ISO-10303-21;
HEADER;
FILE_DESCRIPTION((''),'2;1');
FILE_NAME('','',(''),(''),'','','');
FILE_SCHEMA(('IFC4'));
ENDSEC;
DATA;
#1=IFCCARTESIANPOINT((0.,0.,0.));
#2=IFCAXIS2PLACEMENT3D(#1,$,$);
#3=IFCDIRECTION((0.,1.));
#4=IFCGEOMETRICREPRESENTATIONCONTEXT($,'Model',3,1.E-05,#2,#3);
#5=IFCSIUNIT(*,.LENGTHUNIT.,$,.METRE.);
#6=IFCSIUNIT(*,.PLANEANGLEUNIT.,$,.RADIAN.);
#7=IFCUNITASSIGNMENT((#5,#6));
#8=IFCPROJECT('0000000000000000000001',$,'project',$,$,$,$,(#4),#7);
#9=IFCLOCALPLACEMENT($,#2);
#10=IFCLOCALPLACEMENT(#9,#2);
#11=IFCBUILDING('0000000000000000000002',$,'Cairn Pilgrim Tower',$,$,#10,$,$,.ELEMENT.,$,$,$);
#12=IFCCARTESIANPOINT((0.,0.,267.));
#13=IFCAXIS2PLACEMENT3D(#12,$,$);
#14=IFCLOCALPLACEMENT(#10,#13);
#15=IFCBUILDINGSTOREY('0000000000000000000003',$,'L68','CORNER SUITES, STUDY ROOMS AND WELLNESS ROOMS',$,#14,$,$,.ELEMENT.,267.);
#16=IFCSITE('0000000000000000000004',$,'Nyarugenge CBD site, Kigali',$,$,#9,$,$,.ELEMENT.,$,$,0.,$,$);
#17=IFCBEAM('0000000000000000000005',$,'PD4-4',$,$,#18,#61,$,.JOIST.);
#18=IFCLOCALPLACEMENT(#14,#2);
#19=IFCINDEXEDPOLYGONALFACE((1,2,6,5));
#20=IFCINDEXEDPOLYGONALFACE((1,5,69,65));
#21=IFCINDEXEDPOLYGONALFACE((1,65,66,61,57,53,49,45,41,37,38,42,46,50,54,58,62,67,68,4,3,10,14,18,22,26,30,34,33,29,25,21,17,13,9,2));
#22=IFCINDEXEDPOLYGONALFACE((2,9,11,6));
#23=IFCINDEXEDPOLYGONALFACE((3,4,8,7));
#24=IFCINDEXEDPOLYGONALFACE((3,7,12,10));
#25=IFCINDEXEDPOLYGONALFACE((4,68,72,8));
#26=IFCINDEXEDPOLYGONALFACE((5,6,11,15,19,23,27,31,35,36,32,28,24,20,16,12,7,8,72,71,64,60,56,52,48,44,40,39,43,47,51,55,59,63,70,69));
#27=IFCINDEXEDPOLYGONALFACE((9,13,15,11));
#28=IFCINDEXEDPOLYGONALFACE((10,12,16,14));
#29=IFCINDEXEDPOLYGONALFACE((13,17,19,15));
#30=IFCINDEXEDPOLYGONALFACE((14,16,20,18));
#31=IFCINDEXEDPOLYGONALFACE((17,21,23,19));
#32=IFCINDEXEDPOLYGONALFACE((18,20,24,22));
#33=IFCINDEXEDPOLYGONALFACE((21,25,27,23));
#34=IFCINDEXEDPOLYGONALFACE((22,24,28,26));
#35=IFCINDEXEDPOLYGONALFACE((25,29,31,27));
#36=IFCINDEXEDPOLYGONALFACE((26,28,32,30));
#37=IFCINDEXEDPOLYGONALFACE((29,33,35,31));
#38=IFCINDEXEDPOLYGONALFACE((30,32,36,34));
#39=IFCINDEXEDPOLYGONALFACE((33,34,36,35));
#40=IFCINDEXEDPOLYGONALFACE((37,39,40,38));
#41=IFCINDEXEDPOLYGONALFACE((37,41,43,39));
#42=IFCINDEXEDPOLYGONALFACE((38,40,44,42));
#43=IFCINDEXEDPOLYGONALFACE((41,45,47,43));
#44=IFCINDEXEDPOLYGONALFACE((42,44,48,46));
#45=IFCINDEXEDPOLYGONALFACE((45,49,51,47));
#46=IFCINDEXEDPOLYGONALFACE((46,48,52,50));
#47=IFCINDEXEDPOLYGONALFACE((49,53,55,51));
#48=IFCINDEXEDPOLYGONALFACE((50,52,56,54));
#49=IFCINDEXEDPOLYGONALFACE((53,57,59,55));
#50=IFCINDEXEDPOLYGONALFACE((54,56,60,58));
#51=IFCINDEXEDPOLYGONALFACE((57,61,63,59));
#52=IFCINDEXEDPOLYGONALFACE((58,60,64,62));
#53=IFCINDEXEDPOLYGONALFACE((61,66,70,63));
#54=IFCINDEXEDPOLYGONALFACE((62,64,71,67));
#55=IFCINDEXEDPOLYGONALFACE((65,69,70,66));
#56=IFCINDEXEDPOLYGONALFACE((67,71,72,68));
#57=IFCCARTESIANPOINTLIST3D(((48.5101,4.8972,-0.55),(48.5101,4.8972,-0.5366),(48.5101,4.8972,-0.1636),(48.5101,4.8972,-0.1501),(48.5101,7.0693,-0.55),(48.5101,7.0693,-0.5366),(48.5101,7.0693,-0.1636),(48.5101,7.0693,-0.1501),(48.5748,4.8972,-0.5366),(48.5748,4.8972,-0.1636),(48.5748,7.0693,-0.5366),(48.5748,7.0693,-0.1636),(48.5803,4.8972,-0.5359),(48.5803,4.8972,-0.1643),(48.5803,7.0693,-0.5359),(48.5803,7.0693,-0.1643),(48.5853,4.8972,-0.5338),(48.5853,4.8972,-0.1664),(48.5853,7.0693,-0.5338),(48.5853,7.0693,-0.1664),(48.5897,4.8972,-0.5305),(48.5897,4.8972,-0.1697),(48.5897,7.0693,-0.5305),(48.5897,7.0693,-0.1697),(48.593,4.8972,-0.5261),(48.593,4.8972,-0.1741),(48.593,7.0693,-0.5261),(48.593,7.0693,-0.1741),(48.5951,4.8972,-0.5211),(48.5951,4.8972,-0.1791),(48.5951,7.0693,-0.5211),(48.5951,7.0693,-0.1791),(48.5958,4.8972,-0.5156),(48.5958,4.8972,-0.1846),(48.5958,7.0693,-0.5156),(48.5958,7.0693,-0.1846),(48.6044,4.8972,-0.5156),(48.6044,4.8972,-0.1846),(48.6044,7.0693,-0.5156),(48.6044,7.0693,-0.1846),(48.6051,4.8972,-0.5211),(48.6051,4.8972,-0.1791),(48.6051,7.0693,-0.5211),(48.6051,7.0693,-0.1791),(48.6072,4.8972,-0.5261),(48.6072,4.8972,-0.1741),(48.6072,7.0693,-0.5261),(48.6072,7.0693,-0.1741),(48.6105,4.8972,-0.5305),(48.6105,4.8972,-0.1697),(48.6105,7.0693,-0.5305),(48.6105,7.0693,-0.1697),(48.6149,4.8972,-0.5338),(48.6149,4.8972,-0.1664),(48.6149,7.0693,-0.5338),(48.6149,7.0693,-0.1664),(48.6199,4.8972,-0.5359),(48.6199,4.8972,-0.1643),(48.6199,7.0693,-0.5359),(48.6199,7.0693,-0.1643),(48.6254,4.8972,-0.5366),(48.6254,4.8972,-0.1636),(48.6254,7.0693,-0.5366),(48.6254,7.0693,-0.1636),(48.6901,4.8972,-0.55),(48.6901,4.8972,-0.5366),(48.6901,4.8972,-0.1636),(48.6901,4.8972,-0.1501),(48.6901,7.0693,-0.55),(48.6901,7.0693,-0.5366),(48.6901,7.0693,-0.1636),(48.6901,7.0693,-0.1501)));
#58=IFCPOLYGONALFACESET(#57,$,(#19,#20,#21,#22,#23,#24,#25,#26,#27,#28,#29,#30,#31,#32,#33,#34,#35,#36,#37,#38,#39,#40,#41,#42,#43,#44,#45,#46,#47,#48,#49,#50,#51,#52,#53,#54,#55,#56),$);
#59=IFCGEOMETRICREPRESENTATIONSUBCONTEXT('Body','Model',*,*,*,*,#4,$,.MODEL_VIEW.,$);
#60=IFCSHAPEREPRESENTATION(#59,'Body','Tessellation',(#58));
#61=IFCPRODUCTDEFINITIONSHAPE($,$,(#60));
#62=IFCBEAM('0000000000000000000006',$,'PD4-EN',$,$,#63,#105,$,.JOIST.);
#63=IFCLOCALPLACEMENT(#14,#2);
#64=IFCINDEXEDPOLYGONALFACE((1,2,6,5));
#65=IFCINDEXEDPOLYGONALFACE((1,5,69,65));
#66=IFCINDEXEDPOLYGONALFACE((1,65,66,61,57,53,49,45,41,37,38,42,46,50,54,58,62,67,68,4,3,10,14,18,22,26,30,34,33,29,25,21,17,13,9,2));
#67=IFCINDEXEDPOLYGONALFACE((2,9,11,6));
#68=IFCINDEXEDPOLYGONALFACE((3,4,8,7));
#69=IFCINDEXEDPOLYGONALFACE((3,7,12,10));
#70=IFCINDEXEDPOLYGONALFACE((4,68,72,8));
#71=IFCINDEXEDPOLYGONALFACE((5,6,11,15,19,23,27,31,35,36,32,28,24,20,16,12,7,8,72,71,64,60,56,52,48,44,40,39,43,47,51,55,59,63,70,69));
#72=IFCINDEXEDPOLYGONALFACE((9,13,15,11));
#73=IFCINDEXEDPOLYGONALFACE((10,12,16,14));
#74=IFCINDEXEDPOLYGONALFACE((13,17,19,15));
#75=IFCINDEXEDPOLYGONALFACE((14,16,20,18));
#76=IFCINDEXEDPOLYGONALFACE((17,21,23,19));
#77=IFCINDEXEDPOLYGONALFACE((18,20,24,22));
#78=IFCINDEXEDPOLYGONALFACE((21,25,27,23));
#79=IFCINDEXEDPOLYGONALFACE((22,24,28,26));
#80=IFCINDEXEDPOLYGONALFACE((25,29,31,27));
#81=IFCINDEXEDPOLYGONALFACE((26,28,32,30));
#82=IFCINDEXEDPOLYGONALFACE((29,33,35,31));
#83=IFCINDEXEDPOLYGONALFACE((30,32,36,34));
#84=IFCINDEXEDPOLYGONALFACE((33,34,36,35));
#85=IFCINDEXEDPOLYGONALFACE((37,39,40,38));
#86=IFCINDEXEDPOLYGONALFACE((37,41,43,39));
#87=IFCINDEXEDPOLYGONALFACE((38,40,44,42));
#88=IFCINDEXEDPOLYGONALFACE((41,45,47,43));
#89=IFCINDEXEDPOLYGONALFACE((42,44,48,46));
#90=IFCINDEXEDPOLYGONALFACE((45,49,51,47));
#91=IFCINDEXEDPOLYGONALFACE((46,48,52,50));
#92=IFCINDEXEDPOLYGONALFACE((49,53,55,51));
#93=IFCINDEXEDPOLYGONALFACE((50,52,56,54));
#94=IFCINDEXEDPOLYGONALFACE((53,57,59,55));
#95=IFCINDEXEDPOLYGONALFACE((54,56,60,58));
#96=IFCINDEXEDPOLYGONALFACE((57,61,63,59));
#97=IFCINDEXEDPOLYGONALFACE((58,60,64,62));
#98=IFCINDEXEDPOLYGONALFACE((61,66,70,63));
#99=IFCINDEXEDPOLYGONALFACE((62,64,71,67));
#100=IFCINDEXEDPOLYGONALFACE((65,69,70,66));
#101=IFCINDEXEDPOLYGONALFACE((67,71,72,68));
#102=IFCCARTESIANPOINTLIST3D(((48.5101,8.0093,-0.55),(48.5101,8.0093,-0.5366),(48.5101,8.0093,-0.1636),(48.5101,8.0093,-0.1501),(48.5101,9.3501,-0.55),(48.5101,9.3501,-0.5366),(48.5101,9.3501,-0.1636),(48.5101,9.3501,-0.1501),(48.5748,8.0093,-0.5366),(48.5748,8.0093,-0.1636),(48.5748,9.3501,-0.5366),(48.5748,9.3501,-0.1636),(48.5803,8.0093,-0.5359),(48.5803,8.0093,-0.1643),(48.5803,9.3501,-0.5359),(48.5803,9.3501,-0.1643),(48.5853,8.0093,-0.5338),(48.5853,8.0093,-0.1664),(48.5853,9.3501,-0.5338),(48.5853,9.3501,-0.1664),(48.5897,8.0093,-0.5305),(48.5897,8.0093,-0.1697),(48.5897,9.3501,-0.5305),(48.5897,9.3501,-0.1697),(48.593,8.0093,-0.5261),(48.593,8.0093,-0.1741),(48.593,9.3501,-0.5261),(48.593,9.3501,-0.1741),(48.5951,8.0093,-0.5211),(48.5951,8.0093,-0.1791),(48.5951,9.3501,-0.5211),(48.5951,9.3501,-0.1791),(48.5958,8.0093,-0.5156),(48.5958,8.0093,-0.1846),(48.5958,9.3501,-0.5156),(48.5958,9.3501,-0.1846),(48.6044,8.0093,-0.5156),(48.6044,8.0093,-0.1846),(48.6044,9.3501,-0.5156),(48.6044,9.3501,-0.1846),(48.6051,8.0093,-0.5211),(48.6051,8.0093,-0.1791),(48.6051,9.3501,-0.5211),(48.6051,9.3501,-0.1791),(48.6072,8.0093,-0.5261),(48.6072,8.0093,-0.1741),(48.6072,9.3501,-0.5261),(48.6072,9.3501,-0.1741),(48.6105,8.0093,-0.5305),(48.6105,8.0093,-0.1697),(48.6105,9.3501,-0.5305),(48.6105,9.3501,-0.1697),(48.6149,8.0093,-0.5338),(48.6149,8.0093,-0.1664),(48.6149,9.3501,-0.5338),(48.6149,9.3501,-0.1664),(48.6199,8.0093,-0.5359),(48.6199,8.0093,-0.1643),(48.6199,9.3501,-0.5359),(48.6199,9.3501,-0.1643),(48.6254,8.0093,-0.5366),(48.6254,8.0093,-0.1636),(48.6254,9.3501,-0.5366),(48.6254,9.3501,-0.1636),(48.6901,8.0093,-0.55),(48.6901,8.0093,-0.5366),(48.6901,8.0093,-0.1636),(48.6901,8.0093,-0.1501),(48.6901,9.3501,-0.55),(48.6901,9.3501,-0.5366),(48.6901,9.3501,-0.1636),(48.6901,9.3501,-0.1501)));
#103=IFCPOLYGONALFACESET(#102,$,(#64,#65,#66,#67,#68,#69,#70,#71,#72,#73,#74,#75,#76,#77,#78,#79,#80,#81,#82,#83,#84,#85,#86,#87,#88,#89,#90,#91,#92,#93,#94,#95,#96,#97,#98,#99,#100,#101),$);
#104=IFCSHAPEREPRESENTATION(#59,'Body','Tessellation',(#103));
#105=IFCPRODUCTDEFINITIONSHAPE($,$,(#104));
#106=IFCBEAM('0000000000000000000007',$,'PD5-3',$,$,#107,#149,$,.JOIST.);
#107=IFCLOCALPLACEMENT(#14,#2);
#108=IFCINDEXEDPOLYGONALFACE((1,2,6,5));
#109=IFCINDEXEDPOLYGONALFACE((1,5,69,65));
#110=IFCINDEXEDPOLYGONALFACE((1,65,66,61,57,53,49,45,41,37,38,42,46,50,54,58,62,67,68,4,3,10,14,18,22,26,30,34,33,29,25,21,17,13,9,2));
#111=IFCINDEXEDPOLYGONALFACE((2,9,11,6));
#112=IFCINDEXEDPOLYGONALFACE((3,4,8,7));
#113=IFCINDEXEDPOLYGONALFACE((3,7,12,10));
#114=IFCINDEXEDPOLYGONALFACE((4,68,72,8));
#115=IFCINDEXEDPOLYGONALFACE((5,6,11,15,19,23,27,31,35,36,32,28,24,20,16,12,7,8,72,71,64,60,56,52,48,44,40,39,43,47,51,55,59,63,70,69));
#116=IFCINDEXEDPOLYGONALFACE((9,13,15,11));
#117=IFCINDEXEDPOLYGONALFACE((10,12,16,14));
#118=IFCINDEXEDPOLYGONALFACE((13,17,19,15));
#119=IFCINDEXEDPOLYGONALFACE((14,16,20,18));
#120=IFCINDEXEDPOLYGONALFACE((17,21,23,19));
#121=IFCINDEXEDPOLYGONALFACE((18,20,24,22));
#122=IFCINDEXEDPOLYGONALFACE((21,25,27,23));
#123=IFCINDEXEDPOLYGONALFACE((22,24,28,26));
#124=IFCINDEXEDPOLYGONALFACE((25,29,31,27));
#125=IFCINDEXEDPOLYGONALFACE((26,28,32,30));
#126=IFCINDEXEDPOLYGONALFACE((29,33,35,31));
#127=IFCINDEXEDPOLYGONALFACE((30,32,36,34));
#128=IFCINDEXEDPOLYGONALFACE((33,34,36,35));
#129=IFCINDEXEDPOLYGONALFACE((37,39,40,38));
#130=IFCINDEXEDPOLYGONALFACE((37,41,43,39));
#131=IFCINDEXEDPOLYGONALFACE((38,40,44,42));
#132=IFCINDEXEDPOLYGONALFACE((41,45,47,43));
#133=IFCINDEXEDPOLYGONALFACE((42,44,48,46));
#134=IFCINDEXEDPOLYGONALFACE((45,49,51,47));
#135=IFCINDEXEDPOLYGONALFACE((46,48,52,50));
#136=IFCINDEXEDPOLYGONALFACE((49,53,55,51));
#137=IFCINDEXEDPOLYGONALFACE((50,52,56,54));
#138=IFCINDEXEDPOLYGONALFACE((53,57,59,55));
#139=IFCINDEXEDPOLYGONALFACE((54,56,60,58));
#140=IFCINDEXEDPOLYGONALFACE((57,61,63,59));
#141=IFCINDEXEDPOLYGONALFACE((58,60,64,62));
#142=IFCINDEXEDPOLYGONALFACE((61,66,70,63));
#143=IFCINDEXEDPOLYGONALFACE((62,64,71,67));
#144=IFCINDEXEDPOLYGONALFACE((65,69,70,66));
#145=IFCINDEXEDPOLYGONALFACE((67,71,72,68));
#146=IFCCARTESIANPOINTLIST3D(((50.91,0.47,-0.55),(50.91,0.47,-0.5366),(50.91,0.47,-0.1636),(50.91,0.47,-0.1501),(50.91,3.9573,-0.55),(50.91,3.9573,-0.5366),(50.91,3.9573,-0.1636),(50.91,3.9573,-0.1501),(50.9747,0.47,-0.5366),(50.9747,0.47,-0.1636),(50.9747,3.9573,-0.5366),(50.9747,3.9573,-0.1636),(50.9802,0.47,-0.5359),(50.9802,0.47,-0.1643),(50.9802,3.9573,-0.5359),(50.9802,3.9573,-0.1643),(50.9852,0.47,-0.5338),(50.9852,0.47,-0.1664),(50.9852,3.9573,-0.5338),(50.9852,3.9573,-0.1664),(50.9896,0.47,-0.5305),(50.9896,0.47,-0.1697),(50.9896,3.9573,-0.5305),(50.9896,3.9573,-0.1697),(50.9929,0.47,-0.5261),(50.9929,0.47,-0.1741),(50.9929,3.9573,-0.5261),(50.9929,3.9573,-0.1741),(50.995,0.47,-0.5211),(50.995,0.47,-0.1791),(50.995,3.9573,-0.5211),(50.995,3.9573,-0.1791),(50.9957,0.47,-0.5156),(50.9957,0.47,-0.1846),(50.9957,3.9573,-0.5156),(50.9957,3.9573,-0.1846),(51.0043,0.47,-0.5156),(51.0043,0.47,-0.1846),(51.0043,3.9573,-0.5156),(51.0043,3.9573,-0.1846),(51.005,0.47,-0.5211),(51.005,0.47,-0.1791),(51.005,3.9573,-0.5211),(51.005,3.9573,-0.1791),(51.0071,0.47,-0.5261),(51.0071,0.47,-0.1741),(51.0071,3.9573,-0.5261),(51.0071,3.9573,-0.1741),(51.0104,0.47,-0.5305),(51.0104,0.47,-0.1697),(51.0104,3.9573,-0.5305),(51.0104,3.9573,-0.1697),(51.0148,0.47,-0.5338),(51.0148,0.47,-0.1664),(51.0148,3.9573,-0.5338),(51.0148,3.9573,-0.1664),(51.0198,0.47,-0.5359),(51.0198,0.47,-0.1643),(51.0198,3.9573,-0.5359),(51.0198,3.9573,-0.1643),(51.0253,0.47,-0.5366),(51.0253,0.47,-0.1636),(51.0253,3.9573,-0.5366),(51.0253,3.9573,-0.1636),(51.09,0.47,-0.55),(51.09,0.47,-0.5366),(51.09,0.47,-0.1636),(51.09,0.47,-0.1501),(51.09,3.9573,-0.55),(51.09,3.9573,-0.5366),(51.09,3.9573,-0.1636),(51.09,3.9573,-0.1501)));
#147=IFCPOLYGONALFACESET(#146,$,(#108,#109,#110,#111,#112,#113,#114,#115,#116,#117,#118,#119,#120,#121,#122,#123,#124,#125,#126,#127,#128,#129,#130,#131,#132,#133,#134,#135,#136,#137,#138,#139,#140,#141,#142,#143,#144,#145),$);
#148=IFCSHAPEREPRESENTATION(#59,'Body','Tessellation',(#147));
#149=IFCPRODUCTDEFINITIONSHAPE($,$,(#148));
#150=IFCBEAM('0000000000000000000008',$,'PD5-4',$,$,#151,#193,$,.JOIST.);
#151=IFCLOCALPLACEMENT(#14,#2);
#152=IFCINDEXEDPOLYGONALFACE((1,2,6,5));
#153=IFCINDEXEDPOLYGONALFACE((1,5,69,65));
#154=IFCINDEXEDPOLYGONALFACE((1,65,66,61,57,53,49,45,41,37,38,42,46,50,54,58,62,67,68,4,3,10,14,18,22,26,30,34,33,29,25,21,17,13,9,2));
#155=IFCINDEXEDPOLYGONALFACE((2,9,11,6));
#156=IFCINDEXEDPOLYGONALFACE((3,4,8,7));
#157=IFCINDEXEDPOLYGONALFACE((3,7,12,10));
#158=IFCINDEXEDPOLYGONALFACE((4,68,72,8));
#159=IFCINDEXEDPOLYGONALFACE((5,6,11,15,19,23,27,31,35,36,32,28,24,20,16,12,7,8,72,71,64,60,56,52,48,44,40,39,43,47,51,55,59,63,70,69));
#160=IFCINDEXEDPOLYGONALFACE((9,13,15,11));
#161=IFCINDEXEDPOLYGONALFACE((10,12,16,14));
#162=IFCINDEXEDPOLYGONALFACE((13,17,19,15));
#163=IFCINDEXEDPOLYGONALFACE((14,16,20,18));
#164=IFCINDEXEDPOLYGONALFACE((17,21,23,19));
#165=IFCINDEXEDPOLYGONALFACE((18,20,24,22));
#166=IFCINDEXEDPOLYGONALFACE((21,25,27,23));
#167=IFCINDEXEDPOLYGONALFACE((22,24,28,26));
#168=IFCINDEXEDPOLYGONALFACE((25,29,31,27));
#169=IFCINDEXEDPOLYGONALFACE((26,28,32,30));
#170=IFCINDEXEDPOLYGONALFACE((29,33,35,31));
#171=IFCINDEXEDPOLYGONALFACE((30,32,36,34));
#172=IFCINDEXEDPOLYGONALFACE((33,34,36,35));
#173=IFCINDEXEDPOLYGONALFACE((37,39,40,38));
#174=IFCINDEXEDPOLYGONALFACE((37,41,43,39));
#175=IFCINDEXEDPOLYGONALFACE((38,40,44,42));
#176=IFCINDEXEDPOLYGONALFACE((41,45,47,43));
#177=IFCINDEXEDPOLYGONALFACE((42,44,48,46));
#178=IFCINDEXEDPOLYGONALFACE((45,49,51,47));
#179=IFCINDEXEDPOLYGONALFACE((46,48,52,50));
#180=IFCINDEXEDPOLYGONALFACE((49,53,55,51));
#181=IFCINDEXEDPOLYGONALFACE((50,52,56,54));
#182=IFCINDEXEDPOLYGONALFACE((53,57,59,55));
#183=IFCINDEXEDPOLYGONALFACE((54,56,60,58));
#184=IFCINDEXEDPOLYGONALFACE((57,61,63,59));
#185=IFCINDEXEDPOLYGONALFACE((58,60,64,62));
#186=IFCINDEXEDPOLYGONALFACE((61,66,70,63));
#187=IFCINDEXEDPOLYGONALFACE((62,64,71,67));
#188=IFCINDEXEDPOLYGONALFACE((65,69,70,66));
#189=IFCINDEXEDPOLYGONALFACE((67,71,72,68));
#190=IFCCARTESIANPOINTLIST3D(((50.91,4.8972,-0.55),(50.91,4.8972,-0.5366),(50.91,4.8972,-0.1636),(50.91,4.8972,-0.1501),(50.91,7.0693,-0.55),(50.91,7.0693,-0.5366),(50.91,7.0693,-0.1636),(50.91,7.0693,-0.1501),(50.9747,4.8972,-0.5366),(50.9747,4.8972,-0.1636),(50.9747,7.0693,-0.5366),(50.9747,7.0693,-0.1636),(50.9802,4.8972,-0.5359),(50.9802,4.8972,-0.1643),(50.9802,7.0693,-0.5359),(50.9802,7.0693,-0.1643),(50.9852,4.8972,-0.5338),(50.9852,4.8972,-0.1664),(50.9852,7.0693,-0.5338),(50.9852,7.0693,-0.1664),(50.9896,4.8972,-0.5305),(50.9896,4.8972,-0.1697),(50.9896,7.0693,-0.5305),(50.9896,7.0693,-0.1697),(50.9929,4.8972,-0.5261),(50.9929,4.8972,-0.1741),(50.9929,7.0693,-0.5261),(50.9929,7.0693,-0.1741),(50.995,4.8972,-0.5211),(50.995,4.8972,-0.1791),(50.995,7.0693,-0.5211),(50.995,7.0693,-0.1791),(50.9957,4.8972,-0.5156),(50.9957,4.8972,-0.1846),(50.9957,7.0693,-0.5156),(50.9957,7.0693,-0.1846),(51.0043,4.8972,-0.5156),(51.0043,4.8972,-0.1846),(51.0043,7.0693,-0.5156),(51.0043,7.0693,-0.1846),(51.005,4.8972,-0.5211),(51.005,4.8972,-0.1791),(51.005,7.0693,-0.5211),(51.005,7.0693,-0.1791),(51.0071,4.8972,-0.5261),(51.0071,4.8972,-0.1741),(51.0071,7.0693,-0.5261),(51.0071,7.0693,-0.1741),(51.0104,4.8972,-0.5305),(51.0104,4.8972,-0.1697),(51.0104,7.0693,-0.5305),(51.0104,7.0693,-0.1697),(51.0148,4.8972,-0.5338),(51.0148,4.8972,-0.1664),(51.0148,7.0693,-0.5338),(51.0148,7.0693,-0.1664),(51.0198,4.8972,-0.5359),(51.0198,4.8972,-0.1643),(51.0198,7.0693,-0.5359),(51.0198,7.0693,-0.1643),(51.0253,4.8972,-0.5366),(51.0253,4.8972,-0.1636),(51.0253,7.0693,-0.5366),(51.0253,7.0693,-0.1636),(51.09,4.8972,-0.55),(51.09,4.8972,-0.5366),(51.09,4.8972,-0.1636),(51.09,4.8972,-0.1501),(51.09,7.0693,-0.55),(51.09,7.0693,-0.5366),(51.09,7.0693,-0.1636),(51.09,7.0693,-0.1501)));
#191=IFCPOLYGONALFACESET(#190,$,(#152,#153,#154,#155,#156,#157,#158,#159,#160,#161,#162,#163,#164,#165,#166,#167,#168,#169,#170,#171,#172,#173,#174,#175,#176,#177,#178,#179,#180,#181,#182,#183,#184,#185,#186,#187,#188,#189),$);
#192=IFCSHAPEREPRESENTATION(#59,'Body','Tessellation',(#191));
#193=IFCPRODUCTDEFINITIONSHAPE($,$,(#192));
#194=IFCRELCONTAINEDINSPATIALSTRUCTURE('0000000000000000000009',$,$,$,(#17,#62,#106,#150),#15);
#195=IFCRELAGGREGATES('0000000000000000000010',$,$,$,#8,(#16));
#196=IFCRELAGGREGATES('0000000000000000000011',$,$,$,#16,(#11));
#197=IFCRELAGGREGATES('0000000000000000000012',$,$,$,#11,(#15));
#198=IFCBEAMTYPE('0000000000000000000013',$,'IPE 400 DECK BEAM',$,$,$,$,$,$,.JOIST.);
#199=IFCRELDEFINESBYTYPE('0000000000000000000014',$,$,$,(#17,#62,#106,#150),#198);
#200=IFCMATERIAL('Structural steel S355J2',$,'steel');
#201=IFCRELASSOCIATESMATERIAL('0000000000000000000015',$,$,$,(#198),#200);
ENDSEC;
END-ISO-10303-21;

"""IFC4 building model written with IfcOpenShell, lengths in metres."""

from ifc_helpers import new_model, si_unit, direction, frame, origin, origin_2d, place, context, subcontext, project, spatial, i_section, extrude, material, material_profile, profile_set, type_object, element, save


model = new_model("IFC4")

# Units and contexts
model_context = context("Model", 3, precision=1e-05, world=origin(), true_north=direction((0.0, 1.0)))
body_context = subcontext(model_context, "Body", "Model", "MODEL_VIEW")
ifc_project = project(units=[si_unit("LENGTHUNIT", "METRE"), si_unit("PLANEANGLEUNIT", "RADIAN")], contexts=[model_context])

# Site, building, storey
site_placement = place(None, origin())
site = spatial("IfcSite", under=ifc_project, at=site_placement, Name="Nyarugenge CBD site, Kigali", CompositionType="ELEMENT", RefElevation=0.0)
building_placement = place(site_placement, origin())
building = spatial("IfcBuilding", under=site, at=building_placement, Name="Cairn Pilgrim Tower", CompositionType="ELEMENT")
storey_placement = place(building_placement, frame((0.0, 0.0, 267.0)))
storey = spatial("IfcBuildingStorey", under=building, at=storey_placement, Name="L68", Description="CORNER SUITES, STUDY ROOMS AND WELLNESS ROOMS", CompositionType="ELEMENT", Elevation=267.0)

# Shared definitions
ifc_material_1 = material(Name="Structural steel S355J2", Category="steel")

# Beams
ifc_material_profile_1 = material_profile(ifc_material_1, i_section(OverallWidth=0.1799, OverallDepth=0.3999, WebThickness=0.0085, FlangeThickness=0.0134, FilletRadius=0.021, at=origin_2d()), Name="IPE 400")
ifc_profile_set_1 = profile_set([ifc_material_profile_1], Name="Structural steel S355J2")
beam_type = type_object("IfcBeamType", Name="IPE 400 DECK BEAM", PredefinedType="JOIST", material=ifc_profile_set_1)
beam_1_placement = place(storey_placement, frame((48.6001, 4.8972, -0.3501), z_axis=(0.0, 1.0, 0.0), x_axis=(-1.0, 0.0, 0.0)))
element("IfcBeam", 1, at=beam_1_placement, inside=storey, type_object=beam_type, Name="PD4-4", PredefinedType="JOIST", context=body_context, shape_type="SweptSolid", body=[
    extrude(i_section(OverallWidth=0.1799, OverallDepth=0.3999, WebThickness=0.0085, FlangeThickness=0.0134, FilletRadius=0.021, at=origin_2d()), origin(), (0.0, 0.0, 1.0), 2.1721),
])
beam_2_placement = place(storey_placement, frame((48.6001, 8.0093, -0.3501), z_axis=(0.0, 1.0, 0.0), x_axis=(-1.0, 0.0, 0.0)))
element("IfcBeam", 2, at=beam_2_placement, inside=storey, type_object=beam_type, Name="PD4-EN", PredefinedType="JOIST", context=body_context, shape_type="SweptSolid", body=[
    extrude(i_section(OverallWidth=0.1799, OverallDepth=0.3999, WebThickness=0.0085, FlangeThickness=0.0134, FilletRadius=0.021, at=origin_2d()), origin(), (0.0, 0.0, 1.0), 1.3408),
])
beam_3_placement = place(storey_placement, frame((51.0, 0.47, -0.3501), z_axis=(0.0, 1.0, 0.0), x_axis=(-1.0, 0.0, 0.0)))
element("IfcBeam", 3, at=beam_3_placement, inside=storey, type_object=beam_type, Name="PD5-3", PredefinedType="JOIST", context=body_context, shape_type="SweptSolid", body=[
    extrude(i_section(OverallWidth=0.1799, OverallDepth=0.3999, WebThickness=0.0085, FlangeThickness=0.0134, FilletRadius=0.021, at=origin_2d()), origin(), (0.0, 0.0, 1.0), 3.4873),
])
beam_4_placement = place(storey_placement, frame((51.0, 4.8972, -0.3501), z_axis=(0.0, 1.0, 0.0), x_axis=(-1.0, 0.0, 0.0)))
element("IfcBeam", 4, at=beam_4_placement, inside=storey, type_object=beam_type, Name="PD5-4", PredefinedType="JOIST", context=body_context, shape_type="SweptSolid", body=[
    extrude(i_section(OverallWidth=0.1799, OverallDepth=0.3999, WebThickness=0.0085, FlangeThickness=0.0134, FilletRadius=0.021, at=origin_2d()), origin(), (0.0, 0.0, 1.0), 2.1721),
])

save(model, "model.ifc")
